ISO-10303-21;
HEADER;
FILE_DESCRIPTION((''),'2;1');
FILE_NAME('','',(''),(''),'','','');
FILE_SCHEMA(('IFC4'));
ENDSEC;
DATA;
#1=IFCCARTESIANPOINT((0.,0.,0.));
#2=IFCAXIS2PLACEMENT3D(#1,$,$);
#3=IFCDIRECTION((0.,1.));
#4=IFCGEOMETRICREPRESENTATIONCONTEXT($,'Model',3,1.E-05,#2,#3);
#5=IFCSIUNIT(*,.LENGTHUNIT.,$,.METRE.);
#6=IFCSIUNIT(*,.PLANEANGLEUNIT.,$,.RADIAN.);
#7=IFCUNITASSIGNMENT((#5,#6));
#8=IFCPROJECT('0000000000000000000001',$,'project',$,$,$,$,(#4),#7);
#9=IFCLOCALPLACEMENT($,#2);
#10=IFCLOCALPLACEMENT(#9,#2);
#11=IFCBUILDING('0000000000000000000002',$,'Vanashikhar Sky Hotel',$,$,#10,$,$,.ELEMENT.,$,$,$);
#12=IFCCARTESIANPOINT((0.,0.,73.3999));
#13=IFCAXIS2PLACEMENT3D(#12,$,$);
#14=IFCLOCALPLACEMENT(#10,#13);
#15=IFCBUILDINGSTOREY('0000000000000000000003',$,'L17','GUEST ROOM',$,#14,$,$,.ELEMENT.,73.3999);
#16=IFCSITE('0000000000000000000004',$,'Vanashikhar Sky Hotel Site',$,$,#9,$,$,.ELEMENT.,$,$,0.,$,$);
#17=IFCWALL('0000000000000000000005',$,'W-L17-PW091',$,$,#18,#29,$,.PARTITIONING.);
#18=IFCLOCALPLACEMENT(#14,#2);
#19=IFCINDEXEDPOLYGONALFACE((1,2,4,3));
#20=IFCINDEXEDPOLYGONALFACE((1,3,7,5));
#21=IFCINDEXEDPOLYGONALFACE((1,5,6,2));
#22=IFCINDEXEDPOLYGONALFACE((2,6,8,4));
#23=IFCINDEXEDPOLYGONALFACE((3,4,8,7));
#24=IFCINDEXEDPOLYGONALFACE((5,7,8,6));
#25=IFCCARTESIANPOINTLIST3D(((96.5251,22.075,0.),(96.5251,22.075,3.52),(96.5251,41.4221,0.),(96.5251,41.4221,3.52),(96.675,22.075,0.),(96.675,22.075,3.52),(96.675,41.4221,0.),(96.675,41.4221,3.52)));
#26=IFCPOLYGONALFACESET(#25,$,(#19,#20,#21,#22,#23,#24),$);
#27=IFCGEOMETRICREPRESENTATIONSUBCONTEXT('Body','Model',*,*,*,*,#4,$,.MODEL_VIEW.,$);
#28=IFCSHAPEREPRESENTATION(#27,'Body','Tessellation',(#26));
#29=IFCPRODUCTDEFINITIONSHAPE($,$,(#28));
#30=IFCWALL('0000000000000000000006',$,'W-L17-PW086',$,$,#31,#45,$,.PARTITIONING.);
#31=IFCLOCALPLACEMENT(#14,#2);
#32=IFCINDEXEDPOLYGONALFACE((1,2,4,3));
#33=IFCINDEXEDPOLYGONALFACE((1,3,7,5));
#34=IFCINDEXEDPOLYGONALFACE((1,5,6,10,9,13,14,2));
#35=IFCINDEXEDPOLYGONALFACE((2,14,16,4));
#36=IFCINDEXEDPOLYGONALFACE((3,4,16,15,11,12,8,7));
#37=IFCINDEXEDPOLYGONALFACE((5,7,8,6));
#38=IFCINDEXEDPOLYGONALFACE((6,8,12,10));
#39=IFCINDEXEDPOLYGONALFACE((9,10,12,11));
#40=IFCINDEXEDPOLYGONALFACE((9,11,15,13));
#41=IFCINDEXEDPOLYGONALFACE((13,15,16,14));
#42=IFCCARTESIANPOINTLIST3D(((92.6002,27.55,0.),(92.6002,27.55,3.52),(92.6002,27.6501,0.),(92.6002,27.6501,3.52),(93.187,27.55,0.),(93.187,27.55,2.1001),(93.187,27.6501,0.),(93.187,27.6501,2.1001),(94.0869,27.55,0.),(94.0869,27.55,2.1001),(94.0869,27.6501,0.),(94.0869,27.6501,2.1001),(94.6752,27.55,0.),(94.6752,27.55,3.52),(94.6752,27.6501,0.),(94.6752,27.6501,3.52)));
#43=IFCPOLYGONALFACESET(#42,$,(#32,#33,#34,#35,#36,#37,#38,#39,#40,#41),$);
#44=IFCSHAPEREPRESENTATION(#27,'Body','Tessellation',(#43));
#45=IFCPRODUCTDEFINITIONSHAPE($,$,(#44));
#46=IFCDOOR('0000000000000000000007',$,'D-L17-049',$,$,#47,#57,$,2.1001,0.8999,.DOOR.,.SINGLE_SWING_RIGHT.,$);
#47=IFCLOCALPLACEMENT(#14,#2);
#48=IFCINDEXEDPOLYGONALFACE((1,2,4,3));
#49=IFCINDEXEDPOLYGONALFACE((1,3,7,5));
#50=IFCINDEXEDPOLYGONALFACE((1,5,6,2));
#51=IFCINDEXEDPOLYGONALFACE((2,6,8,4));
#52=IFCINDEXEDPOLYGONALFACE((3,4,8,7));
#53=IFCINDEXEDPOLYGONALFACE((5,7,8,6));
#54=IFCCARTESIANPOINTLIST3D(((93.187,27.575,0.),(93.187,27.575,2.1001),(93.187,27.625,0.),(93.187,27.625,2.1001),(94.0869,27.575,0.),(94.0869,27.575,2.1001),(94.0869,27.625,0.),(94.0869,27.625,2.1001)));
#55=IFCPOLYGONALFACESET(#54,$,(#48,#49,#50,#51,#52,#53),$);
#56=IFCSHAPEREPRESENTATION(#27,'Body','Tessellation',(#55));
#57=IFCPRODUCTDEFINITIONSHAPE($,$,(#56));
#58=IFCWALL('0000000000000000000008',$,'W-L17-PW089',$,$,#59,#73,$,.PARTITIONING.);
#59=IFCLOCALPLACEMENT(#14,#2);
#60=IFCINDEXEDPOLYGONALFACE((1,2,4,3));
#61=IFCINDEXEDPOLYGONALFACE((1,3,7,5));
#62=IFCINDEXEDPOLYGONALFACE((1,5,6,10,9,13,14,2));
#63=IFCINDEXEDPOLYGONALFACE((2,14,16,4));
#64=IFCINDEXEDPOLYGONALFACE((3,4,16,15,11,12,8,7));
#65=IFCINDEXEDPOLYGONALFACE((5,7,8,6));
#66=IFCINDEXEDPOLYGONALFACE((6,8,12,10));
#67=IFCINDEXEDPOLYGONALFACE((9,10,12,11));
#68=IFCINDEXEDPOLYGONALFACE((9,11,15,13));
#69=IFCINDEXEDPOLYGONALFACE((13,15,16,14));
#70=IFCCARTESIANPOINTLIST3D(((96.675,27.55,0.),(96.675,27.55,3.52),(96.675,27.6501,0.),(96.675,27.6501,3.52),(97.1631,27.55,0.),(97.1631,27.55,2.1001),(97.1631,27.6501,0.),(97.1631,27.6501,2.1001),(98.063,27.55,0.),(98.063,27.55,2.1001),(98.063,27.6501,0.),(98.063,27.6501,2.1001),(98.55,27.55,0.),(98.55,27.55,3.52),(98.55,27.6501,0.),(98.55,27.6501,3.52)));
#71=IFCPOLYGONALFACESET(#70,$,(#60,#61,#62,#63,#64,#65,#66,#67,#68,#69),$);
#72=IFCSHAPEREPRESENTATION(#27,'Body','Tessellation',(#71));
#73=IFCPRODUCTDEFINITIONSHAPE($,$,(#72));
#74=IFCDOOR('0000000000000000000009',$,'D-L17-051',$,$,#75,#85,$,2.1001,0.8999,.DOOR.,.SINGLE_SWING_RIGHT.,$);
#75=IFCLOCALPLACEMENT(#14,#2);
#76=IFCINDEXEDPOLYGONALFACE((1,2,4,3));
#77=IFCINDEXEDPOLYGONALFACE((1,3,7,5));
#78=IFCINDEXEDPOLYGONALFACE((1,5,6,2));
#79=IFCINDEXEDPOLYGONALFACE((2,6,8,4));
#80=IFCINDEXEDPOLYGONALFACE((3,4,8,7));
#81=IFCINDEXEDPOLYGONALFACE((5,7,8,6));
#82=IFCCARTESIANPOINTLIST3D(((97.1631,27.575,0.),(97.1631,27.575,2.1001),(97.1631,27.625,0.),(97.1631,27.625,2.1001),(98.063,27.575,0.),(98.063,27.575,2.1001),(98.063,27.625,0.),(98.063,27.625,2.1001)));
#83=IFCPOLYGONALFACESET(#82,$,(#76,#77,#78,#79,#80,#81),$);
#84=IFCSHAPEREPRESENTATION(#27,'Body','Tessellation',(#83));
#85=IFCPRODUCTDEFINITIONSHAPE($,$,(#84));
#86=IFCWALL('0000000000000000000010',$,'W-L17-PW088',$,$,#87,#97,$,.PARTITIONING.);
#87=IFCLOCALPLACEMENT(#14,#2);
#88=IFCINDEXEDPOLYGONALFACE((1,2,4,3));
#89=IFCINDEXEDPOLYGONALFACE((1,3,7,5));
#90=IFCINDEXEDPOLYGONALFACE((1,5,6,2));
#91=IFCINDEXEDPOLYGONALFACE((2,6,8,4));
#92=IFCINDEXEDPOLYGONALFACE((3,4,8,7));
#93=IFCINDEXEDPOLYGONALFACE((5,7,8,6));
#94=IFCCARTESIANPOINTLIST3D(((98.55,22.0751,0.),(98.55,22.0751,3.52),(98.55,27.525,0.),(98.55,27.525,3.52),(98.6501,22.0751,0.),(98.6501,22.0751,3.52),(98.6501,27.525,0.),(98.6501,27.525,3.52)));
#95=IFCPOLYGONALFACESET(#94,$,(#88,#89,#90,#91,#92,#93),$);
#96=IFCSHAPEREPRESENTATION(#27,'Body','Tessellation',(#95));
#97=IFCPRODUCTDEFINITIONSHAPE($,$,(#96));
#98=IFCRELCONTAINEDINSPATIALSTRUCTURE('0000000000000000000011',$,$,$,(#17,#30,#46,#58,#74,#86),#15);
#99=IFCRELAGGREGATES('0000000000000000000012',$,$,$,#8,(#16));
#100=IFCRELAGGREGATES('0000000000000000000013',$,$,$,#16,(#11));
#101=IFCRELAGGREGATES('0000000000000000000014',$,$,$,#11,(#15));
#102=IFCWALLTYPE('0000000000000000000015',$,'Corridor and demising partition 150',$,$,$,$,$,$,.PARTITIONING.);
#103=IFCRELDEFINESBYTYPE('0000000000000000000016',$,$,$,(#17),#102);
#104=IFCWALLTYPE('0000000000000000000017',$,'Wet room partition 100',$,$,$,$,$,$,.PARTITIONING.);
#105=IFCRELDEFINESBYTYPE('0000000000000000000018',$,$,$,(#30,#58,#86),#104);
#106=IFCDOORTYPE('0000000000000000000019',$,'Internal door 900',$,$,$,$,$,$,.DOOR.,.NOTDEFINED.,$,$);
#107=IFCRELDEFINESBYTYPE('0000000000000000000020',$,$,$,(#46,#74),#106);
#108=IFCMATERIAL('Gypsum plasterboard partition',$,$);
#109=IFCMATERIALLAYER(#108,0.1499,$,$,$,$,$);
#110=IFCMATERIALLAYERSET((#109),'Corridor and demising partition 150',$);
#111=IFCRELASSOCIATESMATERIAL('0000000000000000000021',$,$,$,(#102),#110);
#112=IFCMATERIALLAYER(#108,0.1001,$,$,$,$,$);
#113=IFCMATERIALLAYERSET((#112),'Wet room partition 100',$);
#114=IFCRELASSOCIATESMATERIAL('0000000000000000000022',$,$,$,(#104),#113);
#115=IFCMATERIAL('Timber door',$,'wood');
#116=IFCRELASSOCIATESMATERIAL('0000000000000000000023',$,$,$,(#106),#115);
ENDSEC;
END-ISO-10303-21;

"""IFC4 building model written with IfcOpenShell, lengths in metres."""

from ifc_helpers import new_model, si_unit, direction, frame, frame_2d, origin, place, context, subcontext, project, spatial, rectangle, extrude, source, transform, mapped, material, layer, layer_set, type_object, element, fill, save


model = new_model("IFC4")

# Units and contexts
model_context = context("Model", 3, precision=1e-05, world=origin(), true_north=direction((0.0, 1.0)))
body_context = subcontext(model_context, "Body", "Model", "MODEL_VIEW")
ifc_project = project(units=[si_unit("LENGTHUNIT", "METRE"), si_unit("PLANEANGLEUNIT", "RADIAN")], contexts=[model_context])

# Site, building, storey
site_placement = place(None, origin())
site = spatial("IfcSite", under=ifc_project, at=site_placement, Name="Vanashikhar Sky Hotel Site", CompositionType="ELEMENT", RefElevation=0.0)
building_placement = place(site_placement, origin())
building = spatial("IfcBuilding", under=site, at=building_placement, Name="Vanashikhar Sky Hotel", CompositionType="ELEMENT")
storey_placement = place(building_placement, frame((0.0, 0.0, 73.3999)))
storey = spatial("IfcBuildingStorey", under=building, at=storey_placement, Name="L17", Description="GUEST ROOM", CompositionType="ELEMENT", Elevation=73.3999)

# Wall
ifc_material_1 = material(Name="Gypsum plasterboard partition")
ifc_layer_1 = layer(ifc_material_1, 0.1499)
ifc_layer_set_1 = layer_set([ifc_layer_1], Name="Corridor and demising partition 150")
wall_type_1 = type_object("IfcWallType", Name="Corridor and demising partition 150", PredefinedType="PARTITIONING", material=ifc_layer_set_1)
shared_shape_1 = source(origin(), body_context, "Body", "SweptSolid", [
    extrude(rectangle(XDim=19.3472, YDim=0.1499, at=frame_2d((9.6736, 0.0))), origin(), (0.0, 0.0, 1.0), 3.52),
])
wall_1_placement = place(storey_placement, frame((96.6001, 22.075, 0.0), z_axis=(0.0, 0.0, 1.0), x_axis=(0.0, 1.0, 0.0)))
element("IfcWall", 1, at=wall_1_placement, inside=storey, type_object=wall_type_1, Name="W-L17-PW091", PredefinedType="PARTITIONING", context=body_context, shape_type="MappedRepresentation", body=[
    mapped(shared_shape_1, transform((0.0, 0.0, 0.0), scale=1.0)),
])

# Walls, openings, doors
ifc_layer_2 = layer(ifc_material_1, 0.1001)
ifc_layer_set_2 = layer_set([ifc_layer_2], Name="Wet room partition 100")
wall_type_2 = type_object("IfcWallType", Name="Wet room partition 100", PredefinedType="PARTITIONING", material=ifc_layer_set_2)
shared_shape_2 = source(origin(), body_context, "Body", "SweptSolid", [
    extrude(rectangle(XDim=2.075, YDim=0.1001, at=frame_2d((1.0376, 0.0))), origin(), (0.0, 0.0, 1.0), 3.52),
])
wall_2_placement = place(storey_placement, frame((92.6001, 27.6001, 0.0), z_axis=(0.0, 0.0, 1.0), x_axis=(1.0, 0.0, 0.0)))
wall_2 = element("IfcWall", 2, at=wall_2_placement, inside=storey, type_object=wall_type_2, Name="W-L17-PW086", PredefinedType="PARTITIONING", context=body_context, shape_type="MappedRepresentation", body=[
    mapped(shared_shape_2, transform((0.0, 0.0, 0.0), scale=1.0)),
])
shared_shape_3 = source(origin(), body_context, "Body", "SweptSolid", [
    extrude(rectangle(XDim=0.8999, YDim=2.1001, at=frame_2d((0.45, 1.05))), frame((0.0, 0.0601, 0.0), z_axis=(0.0, -1.0, 0.0), x_axis=(1.0, 0.0, 0.0)), (0.0, 0.0, 1.0), 0.1201),
])
opening_1_placement = place(wall_2_placement, frame((0.5869, 0.0, 0.0)))
opening_1 = element("IfcOpeningElement", 3, at=opening_1_placement, cuts=wall_2, PredefinedType="OPENING", context=body_context, shape_type="MappedRepresentation", body=[
    mapped(shared_shape_3, transform((0.0, 0.0, 0.0), scale=1.0)),
])
ifc_material_2 = material(Name="Timber door", Category="wood")
door_type = type_object("IfcDoorType", Name="Internal door 900", OperationType="NOTDEFINED", PredefinedType="DOOR", material=ifc_material_2)
shared_shape_4 = source(origin(), body_context, "Body", "SweptSolid", [
    extrude(rectangle(XDim=0.8999, YDim=2.1001, at=frame_2d((0.45, 1.05))), frame((0.0, 0.0249, 0.0), z_axis=(0.0, -1.0, 0.0), x_axis=(1.0, 0.0, 0.0)), (0.0, 0.0, 1.0), 0.05),
])
door_1_placement = place(opening_1_placement, origin())
door_1 = element("IfcDoor", 4, at=door_1_placement, inside=storey, type_object=door_type, Name="D-L17-049", OperationType="SINGLE_SWING_RIGHT", OverallHeight=2.1001, OverallWidth=0.8999, PredefinedType="DOOR", context=body_context, shape_type="MappedRepresentation", body=[
    mapped(shared_shape_4, transform((0.0, 0.0, 0.0), scale=1.0)),
])
fill(opening_1, door_1)
shared_shape_5 = source(origin(), body_context, "Body", "SweptSolid", [
    extrude(rectangle(XDim=1.875, YDim=0.1001, at=frame_2d((0.9375, 0.0))), origin(), (0.0, 0.0, 1.0), 3.52),
])
wall_3_placement = place(storey_placement, frame((96.675, 27.6001, 0.0), z_axis=(0.0, 0.0, 1.0), x_axis=(1.0, 0.0, 0.0)))
wall_3 = element("IfcWall", 5, at=wall_3_placement, inside=storey, type_object=wall_type_2, Name="W-L17-PW089", PredefinedType="PARTITIONING", context=body_context, shape_type="MappedRepresentation", body=[
    mapped(shared_shape_5, transform((0.0, 0.0, 0.0), scale=1.0)),
])
opening_2_placement = place(wall_3_placement, frame((0.488, 0.0, 0.0)))
opening_2 = element("IfcOpeningElement", 6, at=opening_2_placement, cuts=wall_3, PredefinedType="OPENING", context=body_context, shape_type="MappedRepresentation", body=[
    mapped(shared_shape_3, transform((0.0, 0.0, 0.0), scale=1.0)),
])
door_2_placement = place(opening_2_placement, origin())
door_2 = element("IfcDoor", 7, at=door_2_placement, inside=storey, type_object=door_type, Name="D-L17-051", OperationType="SINGLE_SWING_RIGHT", OverallHeight=2.1001, OverallWidth=0.8999, PredefinedType="DOOR", context=body_context, shape_type="MappedRepresentation", body=[
    mapped(shared_shape_4, transform((0.0, 0.0, 0.0), scale=1.0)),
])
fill(opening_2, door_2)

# Wall
shared_shape_6 = source(origin(), body_context, "Body", "SweptSolid", [
    extrude(rectangle(XDim=5.45, YDim=0.1001, at=frame_2d((2.7251, 0.0))), origin(), (0.0, 0.0, 1.0), 3.52),
])
wall_4_placement = place(storey_placement, frame((98.6001, 22.075, 0.0), z_axis=(0.0, 0.0, 1.0), x_axis=(0.0, 1.0, 0.0)))
element("IfcWall", 8, at=wall_4_placement, inside=storey, type_object=wall_type_2, Name="W-L17-PW088", PredefinedType="PARTITIONING", context=body_context, shape_type="MappedRepresentation", body=[
    mapped(shared_shape_6, transform((0.0, 0.0, 0.0), scale=1.0)),
])

save(model, "model.ifc")
